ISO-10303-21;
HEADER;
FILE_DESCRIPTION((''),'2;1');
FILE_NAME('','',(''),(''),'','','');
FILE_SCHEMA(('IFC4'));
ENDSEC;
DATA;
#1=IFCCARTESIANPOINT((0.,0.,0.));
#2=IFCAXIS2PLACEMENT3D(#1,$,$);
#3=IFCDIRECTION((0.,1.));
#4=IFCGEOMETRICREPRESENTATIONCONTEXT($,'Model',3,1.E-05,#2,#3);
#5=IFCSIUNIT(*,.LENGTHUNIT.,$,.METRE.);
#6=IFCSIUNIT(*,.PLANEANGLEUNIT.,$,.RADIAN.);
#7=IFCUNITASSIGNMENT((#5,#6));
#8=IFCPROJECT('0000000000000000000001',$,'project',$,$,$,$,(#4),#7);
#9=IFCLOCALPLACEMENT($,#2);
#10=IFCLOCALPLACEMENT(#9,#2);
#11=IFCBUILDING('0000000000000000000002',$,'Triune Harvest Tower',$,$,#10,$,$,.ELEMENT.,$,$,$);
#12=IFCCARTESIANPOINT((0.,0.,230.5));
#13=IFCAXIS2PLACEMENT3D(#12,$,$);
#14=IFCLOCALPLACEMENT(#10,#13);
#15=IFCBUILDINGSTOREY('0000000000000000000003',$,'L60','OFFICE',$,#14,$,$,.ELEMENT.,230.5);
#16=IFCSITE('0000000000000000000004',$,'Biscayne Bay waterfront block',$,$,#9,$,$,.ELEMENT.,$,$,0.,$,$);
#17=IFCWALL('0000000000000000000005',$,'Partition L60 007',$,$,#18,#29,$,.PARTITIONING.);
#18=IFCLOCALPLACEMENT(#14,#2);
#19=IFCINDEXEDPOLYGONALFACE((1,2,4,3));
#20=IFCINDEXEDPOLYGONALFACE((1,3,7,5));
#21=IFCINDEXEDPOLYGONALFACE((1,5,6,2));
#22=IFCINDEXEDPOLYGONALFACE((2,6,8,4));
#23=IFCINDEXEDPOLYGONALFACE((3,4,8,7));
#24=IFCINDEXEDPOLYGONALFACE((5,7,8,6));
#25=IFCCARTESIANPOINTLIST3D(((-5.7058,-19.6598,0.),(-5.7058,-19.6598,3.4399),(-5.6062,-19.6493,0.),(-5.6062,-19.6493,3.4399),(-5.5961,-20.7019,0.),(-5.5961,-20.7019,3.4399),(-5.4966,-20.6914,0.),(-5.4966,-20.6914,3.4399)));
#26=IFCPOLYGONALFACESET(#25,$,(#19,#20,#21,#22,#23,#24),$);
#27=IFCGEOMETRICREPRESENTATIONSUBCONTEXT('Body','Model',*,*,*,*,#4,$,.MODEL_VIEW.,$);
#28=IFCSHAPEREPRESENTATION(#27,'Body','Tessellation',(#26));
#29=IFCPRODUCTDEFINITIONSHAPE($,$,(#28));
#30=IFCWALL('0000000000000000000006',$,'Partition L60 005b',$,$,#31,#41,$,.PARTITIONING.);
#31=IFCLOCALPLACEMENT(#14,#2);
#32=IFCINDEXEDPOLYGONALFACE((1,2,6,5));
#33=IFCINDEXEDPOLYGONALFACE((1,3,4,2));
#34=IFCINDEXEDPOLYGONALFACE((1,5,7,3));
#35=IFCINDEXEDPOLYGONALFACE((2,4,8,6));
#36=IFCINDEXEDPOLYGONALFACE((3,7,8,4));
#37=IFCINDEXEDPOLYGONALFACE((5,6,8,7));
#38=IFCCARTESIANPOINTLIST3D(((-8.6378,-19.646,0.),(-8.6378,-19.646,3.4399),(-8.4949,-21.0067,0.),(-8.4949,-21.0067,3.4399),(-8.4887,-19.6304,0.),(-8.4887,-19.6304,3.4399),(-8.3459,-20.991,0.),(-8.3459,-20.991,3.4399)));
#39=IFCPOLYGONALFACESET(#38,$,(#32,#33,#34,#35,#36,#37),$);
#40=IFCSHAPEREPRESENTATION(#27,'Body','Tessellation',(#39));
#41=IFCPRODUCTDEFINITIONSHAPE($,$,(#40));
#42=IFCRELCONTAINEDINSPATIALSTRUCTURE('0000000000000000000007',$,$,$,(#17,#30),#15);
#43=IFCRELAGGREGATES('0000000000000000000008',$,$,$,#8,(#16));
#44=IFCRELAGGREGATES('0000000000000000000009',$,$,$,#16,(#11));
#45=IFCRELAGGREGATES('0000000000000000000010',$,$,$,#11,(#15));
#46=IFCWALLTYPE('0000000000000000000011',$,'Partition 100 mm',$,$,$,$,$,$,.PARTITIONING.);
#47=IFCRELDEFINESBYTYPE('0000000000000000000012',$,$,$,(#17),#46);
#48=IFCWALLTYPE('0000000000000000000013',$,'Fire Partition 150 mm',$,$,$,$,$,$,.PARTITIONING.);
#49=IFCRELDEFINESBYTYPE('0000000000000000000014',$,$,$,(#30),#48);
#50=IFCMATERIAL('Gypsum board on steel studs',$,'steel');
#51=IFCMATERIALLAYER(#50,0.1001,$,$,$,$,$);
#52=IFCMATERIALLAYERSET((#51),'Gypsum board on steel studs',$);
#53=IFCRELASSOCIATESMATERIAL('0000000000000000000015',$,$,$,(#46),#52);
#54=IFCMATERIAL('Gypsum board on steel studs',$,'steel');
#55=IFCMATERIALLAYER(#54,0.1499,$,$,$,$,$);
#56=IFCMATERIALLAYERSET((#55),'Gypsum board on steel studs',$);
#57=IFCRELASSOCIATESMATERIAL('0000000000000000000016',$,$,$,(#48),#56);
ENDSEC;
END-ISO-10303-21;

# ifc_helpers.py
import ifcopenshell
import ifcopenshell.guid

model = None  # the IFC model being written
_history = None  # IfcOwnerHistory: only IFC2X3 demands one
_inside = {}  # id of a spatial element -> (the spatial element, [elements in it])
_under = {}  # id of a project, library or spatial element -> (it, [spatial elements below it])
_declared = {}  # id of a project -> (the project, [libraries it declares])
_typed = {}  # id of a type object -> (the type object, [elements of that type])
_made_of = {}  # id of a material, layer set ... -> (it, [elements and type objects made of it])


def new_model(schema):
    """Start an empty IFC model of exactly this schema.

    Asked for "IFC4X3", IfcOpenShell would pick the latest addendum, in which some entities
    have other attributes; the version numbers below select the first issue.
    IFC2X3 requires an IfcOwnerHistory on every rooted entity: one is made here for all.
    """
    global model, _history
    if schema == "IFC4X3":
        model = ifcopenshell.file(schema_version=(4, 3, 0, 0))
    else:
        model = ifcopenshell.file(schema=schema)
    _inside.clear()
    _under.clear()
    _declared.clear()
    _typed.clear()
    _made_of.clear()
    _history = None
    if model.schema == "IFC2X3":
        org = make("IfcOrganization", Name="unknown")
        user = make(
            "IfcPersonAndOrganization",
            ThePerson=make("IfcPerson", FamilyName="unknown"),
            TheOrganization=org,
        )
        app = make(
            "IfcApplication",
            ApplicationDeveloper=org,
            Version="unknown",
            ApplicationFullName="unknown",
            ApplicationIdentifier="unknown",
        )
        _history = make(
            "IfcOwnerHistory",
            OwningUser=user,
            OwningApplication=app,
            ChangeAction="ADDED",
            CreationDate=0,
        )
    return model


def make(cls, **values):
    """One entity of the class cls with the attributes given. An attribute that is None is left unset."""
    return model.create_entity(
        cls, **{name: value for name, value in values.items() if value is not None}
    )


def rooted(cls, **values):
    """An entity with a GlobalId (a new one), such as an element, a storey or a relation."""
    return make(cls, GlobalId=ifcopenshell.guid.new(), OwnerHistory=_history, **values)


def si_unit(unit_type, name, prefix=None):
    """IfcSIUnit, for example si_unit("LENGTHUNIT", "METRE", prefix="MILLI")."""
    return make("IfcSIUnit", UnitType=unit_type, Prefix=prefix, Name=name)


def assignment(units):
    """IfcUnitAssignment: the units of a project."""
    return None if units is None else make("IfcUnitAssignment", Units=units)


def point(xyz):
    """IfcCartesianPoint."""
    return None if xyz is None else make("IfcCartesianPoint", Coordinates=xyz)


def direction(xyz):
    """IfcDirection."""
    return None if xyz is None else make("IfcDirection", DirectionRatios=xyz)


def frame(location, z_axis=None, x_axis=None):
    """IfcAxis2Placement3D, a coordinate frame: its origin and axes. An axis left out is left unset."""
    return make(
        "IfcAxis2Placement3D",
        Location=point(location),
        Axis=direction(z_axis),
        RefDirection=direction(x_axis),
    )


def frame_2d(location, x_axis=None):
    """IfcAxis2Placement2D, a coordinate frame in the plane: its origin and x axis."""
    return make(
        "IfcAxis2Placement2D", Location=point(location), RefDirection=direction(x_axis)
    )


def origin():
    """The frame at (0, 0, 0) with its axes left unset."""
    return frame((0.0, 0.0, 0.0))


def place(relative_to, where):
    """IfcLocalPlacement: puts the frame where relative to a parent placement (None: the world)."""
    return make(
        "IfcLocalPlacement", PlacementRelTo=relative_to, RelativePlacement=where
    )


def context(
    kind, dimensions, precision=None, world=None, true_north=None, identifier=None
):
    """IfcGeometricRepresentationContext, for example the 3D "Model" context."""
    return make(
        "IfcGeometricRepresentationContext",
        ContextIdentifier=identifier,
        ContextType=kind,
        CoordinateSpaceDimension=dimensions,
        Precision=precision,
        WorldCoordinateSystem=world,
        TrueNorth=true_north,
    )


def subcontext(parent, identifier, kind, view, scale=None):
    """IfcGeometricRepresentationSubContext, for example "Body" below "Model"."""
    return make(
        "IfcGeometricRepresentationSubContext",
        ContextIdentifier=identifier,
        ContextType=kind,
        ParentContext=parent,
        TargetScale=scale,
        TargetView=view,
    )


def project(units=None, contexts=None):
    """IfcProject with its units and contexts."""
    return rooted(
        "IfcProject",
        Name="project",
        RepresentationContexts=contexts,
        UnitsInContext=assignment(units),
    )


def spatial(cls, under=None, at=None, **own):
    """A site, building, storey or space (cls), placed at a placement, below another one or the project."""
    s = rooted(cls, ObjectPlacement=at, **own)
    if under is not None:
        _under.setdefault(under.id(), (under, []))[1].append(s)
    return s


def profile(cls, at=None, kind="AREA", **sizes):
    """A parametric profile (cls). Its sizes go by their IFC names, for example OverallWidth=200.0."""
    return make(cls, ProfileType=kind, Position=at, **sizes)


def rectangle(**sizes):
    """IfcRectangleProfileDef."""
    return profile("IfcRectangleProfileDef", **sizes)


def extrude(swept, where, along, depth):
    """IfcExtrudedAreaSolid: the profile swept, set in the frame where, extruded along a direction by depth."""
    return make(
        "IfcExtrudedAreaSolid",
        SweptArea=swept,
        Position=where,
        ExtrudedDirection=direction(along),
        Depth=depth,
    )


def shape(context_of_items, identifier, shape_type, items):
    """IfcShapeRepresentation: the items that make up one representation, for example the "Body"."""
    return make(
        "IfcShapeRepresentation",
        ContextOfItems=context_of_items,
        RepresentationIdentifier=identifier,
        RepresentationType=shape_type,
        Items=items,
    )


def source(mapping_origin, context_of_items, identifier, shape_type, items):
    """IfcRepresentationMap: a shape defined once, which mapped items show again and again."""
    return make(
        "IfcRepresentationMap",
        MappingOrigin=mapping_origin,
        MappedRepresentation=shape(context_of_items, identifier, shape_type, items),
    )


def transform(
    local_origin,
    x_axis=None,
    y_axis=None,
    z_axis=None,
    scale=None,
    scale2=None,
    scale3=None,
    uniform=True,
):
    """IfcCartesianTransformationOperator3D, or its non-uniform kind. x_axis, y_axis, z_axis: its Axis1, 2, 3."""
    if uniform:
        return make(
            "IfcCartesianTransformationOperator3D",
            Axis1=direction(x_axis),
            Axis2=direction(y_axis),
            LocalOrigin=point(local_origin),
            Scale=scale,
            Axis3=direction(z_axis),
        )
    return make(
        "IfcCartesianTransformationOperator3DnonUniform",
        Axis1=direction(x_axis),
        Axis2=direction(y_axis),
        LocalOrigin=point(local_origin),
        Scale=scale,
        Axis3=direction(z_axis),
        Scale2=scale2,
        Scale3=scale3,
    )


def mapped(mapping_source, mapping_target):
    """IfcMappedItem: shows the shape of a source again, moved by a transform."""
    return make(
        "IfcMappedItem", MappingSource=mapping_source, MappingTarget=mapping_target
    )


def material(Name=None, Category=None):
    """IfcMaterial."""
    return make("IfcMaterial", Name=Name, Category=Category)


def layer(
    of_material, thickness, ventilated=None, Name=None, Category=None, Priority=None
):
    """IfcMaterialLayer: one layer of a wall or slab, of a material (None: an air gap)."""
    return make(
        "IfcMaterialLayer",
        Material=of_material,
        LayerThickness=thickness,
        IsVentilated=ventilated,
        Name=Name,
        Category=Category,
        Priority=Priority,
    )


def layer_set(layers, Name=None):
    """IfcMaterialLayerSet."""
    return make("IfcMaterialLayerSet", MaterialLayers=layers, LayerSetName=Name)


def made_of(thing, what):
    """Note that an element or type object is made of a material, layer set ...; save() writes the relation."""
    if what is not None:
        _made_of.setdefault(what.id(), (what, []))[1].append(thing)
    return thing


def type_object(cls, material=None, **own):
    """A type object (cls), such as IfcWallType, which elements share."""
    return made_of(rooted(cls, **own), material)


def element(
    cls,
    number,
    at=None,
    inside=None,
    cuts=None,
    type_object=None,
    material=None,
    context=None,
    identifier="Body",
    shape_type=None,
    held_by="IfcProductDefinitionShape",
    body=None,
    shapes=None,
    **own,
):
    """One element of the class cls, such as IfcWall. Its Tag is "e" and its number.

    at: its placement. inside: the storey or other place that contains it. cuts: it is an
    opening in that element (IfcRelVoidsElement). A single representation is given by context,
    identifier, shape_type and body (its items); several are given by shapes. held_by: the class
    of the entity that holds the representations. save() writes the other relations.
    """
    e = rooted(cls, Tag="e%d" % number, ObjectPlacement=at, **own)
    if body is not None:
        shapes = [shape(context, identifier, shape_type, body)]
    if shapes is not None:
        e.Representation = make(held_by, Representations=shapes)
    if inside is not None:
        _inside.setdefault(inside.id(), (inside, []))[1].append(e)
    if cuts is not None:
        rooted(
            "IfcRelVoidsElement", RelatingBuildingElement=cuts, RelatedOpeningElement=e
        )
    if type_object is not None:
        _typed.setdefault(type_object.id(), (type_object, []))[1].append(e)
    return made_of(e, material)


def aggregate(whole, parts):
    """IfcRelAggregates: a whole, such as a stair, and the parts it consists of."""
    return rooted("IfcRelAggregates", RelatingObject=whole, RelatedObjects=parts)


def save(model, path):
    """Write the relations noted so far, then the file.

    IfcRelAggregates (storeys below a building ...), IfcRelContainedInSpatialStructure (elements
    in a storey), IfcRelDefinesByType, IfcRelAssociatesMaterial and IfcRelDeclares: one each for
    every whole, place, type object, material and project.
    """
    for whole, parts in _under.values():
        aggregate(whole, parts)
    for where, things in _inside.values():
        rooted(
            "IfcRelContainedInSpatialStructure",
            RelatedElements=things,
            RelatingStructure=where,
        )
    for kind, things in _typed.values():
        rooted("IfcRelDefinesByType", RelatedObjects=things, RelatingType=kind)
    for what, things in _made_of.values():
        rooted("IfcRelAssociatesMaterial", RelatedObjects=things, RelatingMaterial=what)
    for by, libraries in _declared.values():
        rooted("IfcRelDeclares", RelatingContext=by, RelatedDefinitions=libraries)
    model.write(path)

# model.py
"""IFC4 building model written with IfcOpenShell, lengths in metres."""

from ifc_helpers import new_model, si_unit, direction, frame, frame_2d, origin, place, context, subcontext, project, spatial, rectangle, extrude, source, transform, mapped, material, layer, layer_set, type_object, element, save


model = new_model("IFC4")

# Units and contexts
model_context = context("Model", 3, precision=1e-05, world=origin(), true_north=direction((0.0, 1.0)))
body_context = subcontext(model_context, "Body", "Model", "MODEL_VIEW")
ifc_project = project(units=[si_unit("LENGTHUNIT", "METRE"), si_unit("PLANEANGLEUNIT", "RADIAN")], contexts=[model_context])

# Site, building, storey
site_placement = place(None, origin())
site = spatial("IfcSite", under=ifc_project, at=site_placement, Name="Biscayne Bay waterfront block", CompositionType="ELEMENT", RefElevation=0.0)
building_placement = place(site_placement, origin())
building = spatial("IfcBuilding", under=site, at=building_placement, Name="Triune Harvest Tower", CompositionType="ELEMENT")
storey_placement = place(building_placement, frame((0.0, 0.0, 230.5)))
storey = spatial("IfcBuildingStorey", under=building, at=storey_placement, Name="L60", Description="OFFICE", CompositionType="ELEMENT", Elevation=230.5)

# Walls
ifc_material_1 = material(Name="Gypsum board on steel studs", Category="steel")
ifc_layer_1 = layer(ifc_material_1, 0.1001)
ifc_layer_set_1 = layer_set([ifc_layer_1], Name="Gypsum board on steel studs")
wall_type_1 = type_object("IfcWallType", Name="Partition 100 mm", PredefinedType="PARTITIONING", material=ifc_layer_set_1)
shared_shape_1 = source(origin(), body_context, "Body", "SweptSolid", [
    extrude(rectangle(XDim=1.0479, YDim=0.1001, at=frame_2d((0.5239, 0.0))), origin(), (0.0, 0.0, 1.0), 3.4399),
])
wall_1_placement = place(storey_placement, frame((-5.656, -19.6545, 0.0), z_axis=(0.0, 0.0, 1.0), x_axis=(0.104624, -0.994512, 0.0)))
element("IfcWall", 1, at=wall_1_placement, inside=storey, type_object=wall_type_1, Name="Partition L60 007", PredefinedType="PARTITIONING", context=body_context, shape_type="MappedRepresentation", body=[
    mapped(shared_shape_1, transform((0.0, 0.0, 0.0), scale=1.0)),
])
ifc_material_2 = material(Name="Gypsum board on steel studs", Category="steel")
ifc_layer_2 = layer(ifc_material_2, 0.1499)
ifc_layer_set_2 = layer_set([ifc_layer_2], Name="Gypsum board on steel studs")
wall_type_2 = type_object("IfcWallType", Name="Fire Partition 150 mm", PredefinedType="PARTITIONING", material=ifc_layer_set_2)
shared_shape_2 = source(origin(), body_context, "Body", "SweptSolid", [
    extrude(rectangle(XDim=1.3682, YDim=0.1499, at=frame_2d((0.6841, 0.0))), origin(), (0.0, 0.0, 1.0), 3.4399),
])
wall_2_placement = place(storey_placement, frame((-8.5632, -19.6382, 0.0), z_axis=(0.0, 0.0, 1.0), x_axis=(0.104397, -0.994536, 0.0)))
element("IfcWall", 2, at=wall_2_placement, inside=storey, type_object=wall_type_2, Name="Partition L60 005b", PredefinedType="PARTITIONING", context=body_context, shape_type="MappedRepresentation", body=[
    mapped(shared_shape_2, transform((0.0, 0.0, 0.0), scale=1.0)),
])

save(model, "model.ifc")
